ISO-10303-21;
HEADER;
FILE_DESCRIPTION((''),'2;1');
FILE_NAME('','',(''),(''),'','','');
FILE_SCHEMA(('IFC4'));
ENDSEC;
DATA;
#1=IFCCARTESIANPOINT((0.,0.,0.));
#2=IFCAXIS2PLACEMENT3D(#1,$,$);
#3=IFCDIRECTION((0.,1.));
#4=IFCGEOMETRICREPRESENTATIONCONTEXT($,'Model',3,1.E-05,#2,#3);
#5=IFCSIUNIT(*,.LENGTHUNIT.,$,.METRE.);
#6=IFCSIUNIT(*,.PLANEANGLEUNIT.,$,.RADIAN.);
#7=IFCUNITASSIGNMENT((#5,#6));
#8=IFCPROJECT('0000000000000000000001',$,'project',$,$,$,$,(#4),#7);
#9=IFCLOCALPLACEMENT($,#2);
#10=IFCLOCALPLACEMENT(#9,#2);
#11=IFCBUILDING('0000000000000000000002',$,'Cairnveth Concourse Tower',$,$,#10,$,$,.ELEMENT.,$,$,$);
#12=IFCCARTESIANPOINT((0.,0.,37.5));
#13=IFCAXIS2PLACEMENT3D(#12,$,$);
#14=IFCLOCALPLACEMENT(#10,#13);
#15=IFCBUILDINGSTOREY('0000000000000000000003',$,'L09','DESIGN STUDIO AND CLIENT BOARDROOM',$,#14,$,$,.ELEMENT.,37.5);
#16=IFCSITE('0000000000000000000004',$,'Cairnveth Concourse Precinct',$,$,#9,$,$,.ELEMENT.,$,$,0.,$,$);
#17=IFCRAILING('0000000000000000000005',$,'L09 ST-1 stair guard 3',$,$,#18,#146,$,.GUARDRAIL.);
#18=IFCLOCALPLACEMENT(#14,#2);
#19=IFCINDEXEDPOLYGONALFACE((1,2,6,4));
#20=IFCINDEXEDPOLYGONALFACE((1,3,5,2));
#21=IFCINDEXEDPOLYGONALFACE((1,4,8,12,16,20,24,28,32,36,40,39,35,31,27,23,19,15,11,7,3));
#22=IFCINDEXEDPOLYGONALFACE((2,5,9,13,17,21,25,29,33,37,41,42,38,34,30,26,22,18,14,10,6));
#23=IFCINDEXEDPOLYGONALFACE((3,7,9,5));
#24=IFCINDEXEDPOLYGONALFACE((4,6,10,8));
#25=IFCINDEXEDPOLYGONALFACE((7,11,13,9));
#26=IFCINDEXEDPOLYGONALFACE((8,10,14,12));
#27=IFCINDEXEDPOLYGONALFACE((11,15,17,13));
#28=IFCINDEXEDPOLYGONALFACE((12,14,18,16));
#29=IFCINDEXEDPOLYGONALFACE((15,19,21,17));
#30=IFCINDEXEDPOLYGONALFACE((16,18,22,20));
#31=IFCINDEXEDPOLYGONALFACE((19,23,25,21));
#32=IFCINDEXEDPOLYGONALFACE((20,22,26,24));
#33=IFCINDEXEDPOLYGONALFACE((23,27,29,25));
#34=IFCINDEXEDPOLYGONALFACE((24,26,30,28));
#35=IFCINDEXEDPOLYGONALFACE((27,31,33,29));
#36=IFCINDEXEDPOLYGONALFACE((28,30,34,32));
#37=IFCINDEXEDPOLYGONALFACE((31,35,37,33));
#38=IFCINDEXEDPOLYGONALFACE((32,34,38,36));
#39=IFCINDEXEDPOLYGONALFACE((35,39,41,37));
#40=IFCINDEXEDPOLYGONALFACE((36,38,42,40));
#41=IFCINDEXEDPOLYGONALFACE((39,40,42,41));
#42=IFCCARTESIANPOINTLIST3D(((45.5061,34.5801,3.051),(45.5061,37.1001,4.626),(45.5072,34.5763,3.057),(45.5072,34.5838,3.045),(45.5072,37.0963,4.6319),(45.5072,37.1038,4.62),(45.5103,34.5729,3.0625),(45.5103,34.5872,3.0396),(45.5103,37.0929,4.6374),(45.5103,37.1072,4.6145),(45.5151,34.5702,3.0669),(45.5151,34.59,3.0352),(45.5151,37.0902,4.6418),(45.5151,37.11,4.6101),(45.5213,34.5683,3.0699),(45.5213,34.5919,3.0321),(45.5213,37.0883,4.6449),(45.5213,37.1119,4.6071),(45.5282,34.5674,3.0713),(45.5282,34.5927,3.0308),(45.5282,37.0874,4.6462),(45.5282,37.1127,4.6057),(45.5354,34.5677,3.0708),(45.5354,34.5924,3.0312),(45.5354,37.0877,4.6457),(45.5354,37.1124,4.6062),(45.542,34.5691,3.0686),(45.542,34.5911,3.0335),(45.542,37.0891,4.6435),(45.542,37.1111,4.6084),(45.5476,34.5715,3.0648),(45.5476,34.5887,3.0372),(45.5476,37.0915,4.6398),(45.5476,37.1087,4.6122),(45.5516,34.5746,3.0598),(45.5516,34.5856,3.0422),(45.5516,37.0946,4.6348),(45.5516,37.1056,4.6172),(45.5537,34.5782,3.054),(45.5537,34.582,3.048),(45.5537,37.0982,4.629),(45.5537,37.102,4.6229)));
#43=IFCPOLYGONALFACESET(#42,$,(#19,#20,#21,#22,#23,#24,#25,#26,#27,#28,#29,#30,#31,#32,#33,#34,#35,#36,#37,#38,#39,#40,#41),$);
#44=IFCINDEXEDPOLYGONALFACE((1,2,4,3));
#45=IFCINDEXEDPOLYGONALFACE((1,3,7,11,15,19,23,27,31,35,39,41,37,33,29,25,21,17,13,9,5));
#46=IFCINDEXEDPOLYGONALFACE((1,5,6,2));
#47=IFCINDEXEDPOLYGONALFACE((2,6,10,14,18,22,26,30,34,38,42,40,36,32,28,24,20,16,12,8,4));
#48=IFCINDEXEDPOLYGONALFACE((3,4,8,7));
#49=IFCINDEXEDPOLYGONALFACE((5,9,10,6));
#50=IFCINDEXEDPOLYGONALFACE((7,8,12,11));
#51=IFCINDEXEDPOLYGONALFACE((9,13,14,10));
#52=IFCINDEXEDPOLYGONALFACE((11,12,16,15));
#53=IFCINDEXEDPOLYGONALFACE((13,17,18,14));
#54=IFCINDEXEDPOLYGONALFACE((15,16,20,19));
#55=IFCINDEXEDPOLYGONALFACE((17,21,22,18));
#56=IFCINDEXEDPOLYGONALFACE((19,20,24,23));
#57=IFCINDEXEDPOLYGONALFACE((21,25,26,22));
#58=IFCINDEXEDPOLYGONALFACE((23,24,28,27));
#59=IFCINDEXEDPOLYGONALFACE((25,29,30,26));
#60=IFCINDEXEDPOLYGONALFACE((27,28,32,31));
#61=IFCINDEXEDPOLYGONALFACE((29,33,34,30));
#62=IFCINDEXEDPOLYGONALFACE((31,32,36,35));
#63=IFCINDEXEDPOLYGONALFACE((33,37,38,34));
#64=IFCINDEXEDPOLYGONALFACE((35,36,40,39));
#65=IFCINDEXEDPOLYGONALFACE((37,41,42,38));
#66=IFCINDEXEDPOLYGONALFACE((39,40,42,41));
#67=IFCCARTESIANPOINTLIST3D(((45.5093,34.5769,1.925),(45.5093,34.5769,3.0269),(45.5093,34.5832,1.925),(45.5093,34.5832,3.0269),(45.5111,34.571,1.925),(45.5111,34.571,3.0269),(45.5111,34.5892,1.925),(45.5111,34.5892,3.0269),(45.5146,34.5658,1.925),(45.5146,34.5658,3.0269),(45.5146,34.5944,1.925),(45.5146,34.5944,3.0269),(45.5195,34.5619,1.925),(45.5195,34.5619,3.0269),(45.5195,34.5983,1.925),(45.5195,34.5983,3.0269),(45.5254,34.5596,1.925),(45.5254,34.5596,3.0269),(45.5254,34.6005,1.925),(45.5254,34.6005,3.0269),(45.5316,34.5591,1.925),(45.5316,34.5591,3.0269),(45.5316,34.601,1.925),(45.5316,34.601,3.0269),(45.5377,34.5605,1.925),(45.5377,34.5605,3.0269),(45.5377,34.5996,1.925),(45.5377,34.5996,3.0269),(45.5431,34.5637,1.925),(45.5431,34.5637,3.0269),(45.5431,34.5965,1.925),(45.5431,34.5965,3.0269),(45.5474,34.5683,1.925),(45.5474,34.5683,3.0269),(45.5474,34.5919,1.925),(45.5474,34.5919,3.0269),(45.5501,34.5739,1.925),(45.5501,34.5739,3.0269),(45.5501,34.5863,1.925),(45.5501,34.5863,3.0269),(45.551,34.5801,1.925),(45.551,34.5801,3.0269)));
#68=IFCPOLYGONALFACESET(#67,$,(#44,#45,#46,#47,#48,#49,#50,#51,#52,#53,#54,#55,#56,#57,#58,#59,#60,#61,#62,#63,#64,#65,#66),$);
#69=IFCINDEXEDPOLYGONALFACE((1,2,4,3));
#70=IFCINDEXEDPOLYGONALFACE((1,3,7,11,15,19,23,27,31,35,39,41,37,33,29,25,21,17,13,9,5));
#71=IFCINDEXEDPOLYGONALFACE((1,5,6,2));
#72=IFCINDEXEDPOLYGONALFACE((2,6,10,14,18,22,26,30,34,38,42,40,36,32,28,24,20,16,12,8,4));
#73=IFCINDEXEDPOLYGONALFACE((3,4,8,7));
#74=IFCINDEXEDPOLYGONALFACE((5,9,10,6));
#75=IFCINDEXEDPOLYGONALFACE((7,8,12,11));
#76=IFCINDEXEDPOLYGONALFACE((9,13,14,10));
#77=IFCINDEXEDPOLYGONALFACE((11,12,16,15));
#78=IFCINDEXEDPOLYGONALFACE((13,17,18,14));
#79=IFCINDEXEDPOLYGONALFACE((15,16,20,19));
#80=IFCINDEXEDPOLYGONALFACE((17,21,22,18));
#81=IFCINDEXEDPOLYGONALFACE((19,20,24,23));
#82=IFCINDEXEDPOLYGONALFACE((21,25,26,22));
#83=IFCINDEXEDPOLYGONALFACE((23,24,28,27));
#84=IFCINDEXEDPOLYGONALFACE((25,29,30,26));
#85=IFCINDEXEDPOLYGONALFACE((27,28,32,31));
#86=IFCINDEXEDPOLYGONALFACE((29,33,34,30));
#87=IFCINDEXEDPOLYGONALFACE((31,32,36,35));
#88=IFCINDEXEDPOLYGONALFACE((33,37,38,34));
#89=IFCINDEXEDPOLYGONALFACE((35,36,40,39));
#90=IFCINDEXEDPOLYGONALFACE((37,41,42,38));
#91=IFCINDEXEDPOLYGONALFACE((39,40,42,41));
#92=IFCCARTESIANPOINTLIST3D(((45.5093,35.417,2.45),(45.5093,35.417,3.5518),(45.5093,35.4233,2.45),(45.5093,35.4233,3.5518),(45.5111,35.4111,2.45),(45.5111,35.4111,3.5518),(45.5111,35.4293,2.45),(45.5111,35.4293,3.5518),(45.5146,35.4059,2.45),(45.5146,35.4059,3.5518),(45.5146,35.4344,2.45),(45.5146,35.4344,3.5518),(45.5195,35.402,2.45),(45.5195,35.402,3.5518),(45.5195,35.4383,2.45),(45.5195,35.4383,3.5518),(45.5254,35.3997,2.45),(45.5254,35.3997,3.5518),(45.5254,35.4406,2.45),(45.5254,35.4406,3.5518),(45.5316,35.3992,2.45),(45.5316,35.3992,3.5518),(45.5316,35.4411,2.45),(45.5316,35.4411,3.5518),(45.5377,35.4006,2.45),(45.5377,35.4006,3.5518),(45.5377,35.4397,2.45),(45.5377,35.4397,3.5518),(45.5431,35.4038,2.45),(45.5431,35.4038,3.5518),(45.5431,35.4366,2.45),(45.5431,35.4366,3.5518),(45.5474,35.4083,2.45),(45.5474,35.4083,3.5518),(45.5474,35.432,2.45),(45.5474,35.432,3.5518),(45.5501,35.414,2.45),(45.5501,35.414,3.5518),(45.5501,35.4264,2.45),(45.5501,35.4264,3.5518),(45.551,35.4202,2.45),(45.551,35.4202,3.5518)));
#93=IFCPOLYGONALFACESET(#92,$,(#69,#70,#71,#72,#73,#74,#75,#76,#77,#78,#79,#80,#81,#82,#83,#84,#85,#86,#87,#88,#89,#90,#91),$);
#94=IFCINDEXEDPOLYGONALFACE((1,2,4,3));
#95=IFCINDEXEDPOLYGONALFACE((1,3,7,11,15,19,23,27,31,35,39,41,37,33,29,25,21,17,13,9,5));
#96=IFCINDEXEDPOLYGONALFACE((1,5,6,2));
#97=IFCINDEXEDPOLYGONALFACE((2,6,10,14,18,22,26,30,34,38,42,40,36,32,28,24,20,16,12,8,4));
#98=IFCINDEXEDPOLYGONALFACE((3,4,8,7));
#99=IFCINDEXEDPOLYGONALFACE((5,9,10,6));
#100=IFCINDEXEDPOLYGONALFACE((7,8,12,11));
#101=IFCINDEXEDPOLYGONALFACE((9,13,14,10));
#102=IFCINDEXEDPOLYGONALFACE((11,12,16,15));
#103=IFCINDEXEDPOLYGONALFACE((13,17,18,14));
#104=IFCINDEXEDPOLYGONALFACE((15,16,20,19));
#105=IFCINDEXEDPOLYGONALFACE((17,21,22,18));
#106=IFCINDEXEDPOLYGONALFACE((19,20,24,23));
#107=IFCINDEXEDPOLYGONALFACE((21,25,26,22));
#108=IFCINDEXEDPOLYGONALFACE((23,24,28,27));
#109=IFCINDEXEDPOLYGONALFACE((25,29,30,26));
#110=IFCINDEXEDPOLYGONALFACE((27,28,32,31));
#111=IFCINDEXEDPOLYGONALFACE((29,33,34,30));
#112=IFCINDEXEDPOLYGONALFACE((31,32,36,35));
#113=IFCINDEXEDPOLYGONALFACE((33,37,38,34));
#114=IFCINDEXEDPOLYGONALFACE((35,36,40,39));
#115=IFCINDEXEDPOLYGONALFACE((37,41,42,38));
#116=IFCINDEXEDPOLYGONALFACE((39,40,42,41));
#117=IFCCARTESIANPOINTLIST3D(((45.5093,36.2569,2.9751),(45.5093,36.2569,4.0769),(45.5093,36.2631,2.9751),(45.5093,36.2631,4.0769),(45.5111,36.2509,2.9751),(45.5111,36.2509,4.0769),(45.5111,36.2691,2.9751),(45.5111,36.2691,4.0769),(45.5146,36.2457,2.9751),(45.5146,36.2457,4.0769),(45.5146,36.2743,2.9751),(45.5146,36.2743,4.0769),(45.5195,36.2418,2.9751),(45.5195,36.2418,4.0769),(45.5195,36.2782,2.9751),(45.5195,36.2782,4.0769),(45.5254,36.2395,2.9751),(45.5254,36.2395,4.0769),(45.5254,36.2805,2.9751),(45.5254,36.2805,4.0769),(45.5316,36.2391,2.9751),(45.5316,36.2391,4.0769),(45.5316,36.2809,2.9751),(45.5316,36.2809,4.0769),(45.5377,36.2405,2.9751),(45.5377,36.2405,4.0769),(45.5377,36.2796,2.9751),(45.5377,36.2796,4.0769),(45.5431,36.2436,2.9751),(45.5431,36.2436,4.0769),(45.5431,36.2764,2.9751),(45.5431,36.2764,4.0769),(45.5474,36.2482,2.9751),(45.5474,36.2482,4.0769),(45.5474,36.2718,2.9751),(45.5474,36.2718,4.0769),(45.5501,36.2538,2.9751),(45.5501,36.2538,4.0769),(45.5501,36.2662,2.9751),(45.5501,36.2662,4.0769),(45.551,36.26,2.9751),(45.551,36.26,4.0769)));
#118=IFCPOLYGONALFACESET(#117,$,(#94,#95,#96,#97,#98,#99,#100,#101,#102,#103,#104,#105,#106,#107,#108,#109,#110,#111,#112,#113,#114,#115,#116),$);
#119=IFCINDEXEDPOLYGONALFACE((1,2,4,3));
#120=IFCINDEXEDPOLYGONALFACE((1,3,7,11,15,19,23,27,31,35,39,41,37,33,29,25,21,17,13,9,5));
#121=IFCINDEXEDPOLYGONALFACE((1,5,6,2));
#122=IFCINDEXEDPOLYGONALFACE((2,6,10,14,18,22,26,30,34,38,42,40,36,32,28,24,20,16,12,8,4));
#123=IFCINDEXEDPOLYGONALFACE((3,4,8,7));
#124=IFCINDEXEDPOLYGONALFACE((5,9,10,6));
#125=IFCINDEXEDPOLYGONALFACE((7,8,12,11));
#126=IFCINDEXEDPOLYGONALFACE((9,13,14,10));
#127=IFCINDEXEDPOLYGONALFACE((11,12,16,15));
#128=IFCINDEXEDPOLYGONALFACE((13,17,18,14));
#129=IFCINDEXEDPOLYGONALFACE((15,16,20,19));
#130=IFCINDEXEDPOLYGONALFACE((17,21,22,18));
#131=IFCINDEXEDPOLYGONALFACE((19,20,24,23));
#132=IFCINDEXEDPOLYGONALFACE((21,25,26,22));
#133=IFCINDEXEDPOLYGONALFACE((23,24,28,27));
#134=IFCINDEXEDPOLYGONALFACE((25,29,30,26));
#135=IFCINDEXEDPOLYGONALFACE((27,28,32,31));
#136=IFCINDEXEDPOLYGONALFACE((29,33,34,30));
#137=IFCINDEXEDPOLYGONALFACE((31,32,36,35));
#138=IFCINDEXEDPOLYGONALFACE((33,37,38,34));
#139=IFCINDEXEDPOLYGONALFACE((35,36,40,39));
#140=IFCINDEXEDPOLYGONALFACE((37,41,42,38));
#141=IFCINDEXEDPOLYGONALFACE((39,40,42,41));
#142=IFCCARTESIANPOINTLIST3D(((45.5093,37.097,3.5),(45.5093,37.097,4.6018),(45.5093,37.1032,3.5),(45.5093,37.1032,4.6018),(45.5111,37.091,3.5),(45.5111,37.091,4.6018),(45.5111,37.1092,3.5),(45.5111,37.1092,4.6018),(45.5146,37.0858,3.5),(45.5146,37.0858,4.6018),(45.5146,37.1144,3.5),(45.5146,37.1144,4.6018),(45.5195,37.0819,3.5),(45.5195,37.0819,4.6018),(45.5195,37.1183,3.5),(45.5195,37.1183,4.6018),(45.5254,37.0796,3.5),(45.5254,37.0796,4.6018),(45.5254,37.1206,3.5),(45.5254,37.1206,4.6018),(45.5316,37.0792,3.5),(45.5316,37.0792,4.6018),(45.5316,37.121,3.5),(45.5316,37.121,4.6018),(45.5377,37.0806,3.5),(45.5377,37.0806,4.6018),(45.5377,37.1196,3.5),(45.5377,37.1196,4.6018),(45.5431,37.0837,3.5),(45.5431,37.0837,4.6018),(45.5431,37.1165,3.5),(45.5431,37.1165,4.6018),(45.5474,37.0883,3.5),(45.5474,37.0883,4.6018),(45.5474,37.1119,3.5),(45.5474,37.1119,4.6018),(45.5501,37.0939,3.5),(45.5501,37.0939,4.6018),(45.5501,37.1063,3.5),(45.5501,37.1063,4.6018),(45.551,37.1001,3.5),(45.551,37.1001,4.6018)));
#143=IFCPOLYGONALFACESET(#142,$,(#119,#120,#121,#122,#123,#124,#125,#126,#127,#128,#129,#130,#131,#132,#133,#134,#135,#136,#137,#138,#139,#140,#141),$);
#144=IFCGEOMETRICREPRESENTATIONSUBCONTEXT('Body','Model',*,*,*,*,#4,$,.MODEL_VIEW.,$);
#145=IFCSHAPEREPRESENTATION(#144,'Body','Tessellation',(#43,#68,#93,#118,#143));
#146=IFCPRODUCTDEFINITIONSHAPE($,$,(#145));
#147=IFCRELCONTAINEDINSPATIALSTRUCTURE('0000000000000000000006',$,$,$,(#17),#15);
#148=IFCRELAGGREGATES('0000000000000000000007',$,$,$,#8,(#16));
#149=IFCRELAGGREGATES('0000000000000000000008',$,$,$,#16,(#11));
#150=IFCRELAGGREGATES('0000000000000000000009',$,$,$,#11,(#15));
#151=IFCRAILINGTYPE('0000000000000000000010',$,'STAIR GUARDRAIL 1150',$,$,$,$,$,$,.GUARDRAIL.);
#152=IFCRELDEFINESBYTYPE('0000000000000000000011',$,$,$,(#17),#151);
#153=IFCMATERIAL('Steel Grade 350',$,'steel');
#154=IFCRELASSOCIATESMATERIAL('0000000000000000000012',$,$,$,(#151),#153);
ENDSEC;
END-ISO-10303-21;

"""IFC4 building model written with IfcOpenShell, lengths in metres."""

from ifc_helpers import new_model, si_unit, direction, frame, origin, origin_2d, place, context, subcontext, project, spatial, circle, extrude, material, type_object, element, save


model = new_model("IFC4")

# Units and contexts
model_context = context("Model", 3, precision=1e-05, world=origin(), true_north=direction((0.0, 1.0)))
body_context = subcontext(model_context, "Body", "Model", "MODEL_VIEW")
ifc_project = project(units=[si_unit("LENGTHUNIT", "METRE"), si_unit("PLANEANGLEUNIT", "RADIAN")], contexts=[model_context])

# Site, building, storey
site_placement = place(None, origin())
site = spatial("IfcSite", under=ifc_project, at=site_placement, Name="Cairnveth Concourse Precinct", CompositionType="ELEMENT", RefElevation=0.0)
building_placement = place(site_placement, origin())
building = spatial("IfcBuilding", under=site, at=building_placement, Name="Cairnveth Concourse Tower", CompositionType="ELEMENT")
storey_placement = place(building_placement, frame((0.0, 0.0, 37.5)))
storey = spatial("IfcBuildingStorey", under=building, at=storey_placement, Name="L09", Description="DESIGN STUDIO AND CLIENT BOARDROOM", CompositionType="ELEMENT", Elevation=37.5)

# Railing
ifc_material_1 = material(Name="Steel Grade 350", Category="steel")
railing_type_1 = type_object("IfcRailingType", Name="STAIR GUARDRAIL 1150", PredefinedType="GUARDRAIL", material=ifc_material_1)
railing_1_placement = place(storey_placement, frame((45.53, 34.5801, 1.925)))
element("IfcRailing", 1, at=railing_1_placement, inside=storey, type_object=railing_type_1, Name="L09 ST-1 stair guard 3", PredefinedType="GUARDRAIL", context=body_context, shape_type="SweptSolid", body=[
    extrude(circle(Radius=0.0239, at=origin_2d()), frame((0.0, 0.0, 1.126), z_axis=(0.0, 0.848008, 0.529984), x_axis=(-1.0, 0.0, 0.0)), (0.0, 0.0, 1.0), 2.9717),
    extrude(circle(Radius=0.021, at=origin_2d()), origin(), (0.0, 0.0, 1.0), 1.1018),
    extrude(circle(Radius=0.021, at=origin_2d()), frame((0.0, 0.8401, 0.5249)), (0.0, 0.0, 1.0), 1.1018),
    extrude(circle(Radius=0.021, at=origin_2d()), frame((0.0, 1.6799, 1.05)), (0.0, 0.0, 1.0), 1.1018),
    extrude(circle(Radius=0.021, at=origin_2d()), frame((0.0, 2.52, 1.575)), (0.0, 0.0, 1.0), 1.1018),
])

save(model, "model.ifc")
